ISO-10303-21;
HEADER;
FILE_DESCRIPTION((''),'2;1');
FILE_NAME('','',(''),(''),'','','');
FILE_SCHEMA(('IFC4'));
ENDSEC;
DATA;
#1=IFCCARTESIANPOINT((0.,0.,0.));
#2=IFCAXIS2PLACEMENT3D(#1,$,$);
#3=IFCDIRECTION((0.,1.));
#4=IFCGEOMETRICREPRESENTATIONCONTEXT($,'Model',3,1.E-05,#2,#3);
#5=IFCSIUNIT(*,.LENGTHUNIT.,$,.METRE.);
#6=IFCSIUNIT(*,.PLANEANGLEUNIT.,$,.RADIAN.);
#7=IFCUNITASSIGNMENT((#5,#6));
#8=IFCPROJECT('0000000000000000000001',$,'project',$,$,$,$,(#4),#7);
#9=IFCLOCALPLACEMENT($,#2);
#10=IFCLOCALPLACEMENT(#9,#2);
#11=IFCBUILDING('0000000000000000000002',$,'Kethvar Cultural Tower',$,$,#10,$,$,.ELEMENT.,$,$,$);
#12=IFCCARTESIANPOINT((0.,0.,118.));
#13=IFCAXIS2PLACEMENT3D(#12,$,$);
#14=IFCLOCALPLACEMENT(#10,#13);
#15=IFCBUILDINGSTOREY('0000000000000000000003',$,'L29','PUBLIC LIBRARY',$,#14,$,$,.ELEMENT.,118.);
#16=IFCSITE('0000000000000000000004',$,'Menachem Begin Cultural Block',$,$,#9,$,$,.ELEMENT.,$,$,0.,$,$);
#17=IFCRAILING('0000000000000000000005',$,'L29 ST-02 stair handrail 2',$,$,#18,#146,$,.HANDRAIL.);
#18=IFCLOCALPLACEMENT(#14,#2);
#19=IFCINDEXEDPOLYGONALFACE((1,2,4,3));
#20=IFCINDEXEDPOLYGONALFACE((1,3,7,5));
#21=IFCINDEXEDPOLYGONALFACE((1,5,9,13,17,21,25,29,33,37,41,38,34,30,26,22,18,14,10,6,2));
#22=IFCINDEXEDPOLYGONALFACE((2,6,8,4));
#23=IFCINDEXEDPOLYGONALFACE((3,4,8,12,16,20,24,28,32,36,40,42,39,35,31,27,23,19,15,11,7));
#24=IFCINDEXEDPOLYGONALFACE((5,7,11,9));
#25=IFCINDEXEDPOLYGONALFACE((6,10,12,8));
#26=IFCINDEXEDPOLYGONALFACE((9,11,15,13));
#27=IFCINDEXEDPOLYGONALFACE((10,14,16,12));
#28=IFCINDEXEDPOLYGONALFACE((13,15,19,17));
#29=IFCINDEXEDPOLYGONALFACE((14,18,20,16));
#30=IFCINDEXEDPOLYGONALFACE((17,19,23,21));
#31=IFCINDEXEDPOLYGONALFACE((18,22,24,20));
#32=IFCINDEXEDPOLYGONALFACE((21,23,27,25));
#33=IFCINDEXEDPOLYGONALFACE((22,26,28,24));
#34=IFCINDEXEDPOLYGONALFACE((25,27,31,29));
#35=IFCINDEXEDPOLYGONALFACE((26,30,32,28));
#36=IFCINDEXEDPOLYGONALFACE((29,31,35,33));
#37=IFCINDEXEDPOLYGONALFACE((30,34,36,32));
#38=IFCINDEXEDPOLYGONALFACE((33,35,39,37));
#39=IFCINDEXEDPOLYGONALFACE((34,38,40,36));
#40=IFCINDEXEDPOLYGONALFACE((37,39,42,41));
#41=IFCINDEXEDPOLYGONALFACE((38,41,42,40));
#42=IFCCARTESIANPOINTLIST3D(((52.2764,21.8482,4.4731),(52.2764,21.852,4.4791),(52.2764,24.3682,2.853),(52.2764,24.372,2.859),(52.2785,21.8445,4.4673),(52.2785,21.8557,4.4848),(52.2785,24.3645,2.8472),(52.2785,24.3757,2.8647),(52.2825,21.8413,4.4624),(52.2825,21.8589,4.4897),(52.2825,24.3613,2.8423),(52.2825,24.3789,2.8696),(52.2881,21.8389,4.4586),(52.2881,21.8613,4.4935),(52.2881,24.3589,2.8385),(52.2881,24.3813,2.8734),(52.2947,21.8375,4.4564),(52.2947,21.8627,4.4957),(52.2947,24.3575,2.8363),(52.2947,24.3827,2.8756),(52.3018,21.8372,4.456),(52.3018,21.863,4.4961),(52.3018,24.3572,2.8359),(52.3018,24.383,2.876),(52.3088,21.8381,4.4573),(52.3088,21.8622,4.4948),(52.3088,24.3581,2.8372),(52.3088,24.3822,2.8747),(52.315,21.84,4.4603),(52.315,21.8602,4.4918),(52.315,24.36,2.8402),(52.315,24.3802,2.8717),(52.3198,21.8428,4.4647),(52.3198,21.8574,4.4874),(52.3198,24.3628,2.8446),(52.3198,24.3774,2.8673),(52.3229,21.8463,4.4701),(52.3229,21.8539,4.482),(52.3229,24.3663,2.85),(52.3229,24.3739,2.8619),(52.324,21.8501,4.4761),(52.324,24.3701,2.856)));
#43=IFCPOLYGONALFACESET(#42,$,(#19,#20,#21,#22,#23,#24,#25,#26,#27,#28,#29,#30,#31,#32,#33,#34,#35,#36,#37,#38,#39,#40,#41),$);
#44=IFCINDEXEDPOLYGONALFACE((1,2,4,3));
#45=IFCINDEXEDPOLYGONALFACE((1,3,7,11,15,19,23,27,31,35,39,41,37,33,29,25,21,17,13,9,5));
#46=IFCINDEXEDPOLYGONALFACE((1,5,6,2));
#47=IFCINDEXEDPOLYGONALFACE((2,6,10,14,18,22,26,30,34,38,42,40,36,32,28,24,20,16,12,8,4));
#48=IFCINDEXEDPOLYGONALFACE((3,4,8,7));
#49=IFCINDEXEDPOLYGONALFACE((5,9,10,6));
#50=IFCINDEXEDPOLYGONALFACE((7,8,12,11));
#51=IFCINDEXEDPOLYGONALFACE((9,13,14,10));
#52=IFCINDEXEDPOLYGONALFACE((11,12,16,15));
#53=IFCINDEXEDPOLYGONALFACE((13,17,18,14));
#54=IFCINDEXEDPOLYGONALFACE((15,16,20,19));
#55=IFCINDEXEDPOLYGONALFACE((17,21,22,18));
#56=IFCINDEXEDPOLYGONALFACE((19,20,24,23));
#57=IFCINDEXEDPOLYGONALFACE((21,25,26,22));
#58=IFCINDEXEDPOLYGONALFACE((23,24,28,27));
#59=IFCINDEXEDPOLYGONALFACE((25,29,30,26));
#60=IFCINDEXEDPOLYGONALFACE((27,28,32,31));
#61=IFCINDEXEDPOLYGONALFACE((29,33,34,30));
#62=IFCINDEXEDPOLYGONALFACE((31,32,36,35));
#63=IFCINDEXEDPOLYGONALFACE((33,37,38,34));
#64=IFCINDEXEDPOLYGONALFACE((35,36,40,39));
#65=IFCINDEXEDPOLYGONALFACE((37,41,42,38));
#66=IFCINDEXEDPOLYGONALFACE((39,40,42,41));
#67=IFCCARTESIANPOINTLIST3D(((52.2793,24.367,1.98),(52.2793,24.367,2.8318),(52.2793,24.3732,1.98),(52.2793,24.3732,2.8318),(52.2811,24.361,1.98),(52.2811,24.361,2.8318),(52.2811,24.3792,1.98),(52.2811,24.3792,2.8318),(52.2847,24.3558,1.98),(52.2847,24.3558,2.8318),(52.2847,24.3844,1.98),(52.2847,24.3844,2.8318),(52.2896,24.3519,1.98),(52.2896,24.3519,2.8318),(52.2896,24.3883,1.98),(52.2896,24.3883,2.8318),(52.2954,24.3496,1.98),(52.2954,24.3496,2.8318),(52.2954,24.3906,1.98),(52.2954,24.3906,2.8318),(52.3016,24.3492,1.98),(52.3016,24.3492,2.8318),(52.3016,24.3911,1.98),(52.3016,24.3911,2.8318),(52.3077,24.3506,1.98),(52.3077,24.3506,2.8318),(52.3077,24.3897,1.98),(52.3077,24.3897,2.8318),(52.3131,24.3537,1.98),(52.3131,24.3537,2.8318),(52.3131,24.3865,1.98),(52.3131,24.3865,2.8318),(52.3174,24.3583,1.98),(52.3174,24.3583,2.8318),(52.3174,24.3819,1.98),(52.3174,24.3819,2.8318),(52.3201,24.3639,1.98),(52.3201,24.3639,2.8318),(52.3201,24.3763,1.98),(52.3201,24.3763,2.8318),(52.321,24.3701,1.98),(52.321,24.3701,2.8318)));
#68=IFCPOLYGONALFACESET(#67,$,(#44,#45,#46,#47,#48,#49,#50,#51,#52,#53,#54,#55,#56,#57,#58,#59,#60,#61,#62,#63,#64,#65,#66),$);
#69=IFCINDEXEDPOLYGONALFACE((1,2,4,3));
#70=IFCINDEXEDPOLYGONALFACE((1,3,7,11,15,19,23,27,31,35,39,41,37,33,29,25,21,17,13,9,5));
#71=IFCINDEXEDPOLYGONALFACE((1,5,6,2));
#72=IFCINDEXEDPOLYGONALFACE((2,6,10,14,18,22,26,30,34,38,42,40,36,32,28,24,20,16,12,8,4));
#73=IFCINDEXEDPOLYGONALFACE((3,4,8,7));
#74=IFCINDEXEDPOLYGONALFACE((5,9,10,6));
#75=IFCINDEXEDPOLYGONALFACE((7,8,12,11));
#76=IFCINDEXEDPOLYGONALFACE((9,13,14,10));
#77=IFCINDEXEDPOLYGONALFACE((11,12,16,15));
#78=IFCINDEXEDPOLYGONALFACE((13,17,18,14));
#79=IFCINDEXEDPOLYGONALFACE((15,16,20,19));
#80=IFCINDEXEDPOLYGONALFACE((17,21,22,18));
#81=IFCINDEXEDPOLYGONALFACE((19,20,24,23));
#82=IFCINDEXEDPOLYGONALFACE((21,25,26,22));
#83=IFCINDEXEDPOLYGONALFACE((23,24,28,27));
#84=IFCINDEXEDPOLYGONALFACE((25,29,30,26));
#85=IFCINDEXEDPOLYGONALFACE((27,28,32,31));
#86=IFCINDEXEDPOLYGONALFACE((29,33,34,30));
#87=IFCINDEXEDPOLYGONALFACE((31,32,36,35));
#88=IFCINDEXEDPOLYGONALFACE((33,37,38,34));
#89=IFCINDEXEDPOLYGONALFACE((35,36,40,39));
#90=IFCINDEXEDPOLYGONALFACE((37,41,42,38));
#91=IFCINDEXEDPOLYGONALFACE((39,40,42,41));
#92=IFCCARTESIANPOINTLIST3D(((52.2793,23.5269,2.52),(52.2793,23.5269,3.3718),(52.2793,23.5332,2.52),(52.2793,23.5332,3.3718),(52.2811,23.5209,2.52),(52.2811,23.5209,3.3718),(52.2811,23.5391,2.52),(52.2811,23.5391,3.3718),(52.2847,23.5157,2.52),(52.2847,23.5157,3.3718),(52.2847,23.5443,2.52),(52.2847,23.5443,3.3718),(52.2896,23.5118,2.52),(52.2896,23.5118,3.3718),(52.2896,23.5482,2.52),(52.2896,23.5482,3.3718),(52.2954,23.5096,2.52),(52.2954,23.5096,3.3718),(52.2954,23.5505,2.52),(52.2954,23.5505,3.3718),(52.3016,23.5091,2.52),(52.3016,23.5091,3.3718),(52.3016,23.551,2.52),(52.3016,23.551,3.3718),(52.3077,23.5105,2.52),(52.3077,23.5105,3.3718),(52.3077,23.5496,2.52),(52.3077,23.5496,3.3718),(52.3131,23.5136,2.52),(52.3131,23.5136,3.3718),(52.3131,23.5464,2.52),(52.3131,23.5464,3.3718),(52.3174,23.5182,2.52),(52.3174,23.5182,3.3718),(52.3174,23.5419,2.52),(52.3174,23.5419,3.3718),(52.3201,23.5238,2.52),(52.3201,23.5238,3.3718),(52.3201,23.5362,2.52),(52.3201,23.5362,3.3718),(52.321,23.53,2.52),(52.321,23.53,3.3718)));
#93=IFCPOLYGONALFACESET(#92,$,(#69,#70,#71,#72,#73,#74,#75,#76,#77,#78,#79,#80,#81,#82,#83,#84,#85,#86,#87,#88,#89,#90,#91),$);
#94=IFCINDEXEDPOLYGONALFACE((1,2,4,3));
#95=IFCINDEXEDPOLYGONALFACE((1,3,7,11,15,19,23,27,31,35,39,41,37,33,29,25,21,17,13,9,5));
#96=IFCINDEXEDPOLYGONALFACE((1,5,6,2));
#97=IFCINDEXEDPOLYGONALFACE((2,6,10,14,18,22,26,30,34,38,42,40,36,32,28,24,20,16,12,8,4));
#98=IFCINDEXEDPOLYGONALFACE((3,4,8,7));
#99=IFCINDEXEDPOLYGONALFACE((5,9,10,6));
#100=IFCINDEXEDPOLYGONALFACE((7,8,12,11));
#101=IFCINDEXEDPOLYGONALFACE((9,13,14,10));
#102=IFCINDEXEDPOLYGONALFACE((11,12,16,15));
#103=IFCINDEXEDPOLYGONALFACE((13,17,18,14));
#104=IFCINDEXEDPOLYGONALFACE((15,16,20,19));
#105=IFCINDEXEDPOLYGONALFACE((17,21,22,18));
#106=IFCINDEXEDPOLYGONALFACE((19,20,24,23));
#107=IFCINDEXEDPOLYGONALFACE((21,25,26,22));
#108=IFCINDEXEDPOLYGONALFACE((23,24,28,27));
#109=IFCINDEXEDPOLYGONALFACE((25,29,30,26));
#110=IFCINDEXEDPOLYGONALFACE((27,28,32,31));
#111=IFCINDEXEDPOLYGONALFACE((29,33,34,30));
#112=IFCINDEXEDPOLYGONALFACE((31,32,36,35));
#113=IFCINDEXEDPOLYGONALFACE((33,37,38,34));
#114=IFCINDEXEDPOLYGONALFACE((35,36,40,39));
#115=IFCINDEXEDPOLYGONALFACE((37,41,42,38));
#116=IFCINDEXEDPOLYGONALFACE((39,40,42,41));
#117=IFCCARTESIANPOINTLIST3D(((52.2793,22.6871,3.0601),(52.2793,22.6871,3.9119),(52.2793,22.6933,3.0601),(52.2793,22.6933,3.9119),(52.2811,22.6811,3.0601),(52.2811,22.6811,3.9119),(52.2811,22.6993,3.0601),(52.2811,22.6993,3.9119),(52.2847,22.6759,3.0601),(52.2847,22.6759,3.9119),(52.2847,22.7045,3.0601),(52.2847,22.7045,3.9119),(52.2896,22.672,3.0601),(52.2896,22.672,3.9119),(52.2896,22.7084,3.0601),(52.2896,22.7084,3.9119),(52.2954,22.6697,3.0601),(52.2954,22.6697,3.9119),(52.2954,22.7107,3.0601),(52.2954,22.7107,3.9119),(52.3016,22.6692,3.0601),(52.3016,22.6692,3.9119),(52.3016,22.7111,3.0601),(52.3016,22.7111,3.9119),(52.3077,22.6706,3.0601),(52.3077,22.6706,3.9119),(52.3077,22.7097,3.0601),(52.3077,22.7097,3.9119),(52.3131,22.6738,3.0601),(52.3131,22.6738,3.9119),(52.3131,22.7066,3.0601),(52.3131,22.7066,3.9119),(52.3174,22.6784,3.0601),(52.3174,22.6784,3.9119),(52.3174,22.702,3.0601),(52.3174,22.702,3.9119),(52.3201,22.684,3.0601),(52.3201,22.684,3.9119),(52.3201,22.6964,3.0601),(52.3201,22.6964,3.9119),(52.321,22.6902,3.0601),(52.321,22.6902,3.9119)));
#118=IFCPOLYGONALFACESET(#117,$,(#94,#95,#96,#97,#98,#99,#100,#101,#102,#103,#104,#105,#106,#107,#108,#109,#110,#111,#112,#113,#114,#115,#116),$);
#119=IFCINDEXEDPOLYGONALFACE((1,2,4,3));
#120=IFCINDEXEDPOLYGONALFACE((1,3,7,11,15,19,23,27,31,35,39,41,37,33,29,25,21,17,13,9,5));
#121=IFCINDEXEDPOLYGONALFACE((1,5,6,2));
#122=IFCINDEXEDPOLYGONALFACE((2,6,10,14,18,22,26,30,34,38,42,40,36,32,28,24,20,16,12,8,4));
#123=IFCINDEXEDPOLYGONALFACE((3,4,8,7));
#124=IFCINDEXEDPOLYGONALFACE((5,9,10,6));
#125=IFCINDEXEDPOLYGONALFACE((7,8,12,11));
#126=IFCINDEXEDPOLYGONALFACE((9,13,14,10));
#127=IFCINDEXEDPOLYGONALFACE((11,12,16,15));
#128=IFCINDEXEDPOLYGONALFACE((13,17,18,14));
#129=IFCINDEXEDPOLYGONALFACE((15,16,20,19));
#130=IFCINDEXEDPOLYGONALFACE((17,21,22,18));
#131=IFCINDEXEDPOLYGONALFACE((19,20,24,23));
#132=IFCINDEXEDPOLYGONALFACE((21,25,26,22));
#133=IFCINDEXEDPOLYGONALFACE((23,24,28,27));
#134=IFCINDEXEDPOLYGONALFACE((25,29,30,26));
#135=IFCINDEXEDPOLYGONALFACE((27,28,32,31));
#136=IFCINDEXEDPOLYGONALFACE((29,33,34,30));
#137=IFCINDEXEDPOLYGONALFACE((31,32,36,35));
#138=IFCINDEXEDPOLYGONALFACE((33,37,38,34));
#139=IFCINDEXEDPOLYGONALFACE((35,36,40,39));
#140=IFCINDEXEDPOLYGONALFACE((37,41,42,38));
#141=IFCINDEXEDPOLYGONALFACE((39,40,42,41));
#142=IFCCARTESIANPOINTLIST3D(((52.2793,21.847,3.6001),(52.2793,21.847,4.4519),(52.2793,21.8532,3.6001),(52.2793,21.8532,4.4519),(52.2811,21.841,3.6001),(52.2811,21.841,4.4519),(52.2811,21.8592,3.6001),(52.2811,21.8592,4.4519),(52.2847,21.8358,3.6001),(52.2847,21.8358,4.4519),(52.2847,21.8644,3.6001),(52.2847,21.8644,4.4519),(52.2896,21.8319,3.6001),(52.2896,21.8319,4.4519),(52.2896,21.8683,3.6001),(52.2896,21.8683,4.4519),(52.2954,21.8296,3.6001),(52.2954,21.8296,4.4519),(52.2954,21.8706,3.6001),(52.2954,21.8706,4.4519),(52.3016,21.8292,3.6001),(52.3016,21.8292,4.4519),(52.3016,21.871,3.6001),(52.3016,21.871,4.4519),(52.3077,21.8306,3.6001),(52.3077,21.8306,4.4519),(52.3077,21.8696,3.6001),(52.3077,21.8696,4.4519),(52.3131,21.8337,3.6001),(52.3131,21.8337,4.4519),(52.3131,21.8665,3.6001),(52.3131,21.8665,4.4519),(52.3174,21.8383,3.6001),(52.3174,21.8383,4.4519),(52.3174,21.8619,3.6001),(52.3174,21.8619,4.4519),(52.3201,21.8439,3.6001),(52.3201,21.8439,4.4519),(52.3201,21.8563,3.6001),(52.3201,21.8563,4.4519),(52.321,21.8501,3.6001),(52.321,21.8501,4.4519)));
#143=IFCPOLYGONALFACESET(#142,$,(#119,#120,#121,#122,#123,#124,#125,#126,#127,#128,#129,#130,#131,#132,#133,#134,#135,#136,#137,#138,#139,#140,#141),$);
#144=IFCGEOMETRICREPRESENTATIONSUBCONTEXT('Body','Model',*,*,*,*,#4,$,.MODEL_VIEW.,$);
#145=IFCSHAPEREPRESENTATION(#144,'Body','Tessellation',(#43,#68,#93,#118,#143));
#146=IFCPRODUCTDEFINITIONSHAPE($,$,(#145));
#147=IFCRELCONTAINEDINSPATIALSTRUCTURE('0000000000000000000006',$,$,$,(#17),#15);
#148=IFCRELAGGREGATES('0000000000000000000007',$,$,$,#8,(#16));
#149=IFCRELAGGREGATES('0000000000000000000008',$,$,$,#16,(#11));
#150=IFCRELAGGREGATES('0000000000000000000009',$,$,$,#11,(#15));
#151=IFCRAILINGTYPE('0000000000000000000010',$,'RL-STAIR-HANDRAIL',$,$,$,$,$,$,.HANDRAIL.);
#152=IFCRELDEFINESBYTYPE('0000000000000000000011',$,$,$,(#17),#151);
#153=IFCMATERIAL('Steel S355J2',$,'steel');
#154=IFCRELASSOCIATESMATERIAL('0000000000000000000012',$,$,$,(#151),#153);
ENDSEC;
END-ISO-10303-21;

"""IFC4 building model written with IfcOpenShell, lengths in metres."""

from ifc_helpers import new_model, si_unit, direction, frame, origin, origin_2d, place, context, subcontext, project, spatial, circle, extrude, material, type_object, element, save


model = new_model("IFC4")

# Units and contexts
model_context = context("Model", 3, precision=1e-05, world=origin(), true_north=direction((0.0, 1.0)))
body_context = subcontext(model_context, "Body", "Model", "MODEL_VIEW")
ifc_project = project(units=[si_unit("LENGTHUNIT", "METRE"), si_unit("PLANEANGLEUNIT", "RADIAN")], contexts=[model_context])

# Site, building, storey
site_placement = place(None, origin())
site = spatial("IfcSite", under=ifc_project, at=site_placement, Name="Menachem Begin Cultural Block", CompositionType="ELEMENT", RefElevation=0.0)
building_placement = place(site_placement, origin())
building = spatial("IfcBuilding", under=site, at=building_placement, Name="Kethvar Cultural Tower", CompositionType="ELEMENT")
storey_placement = place(building_placement, frame((0.0, 0.0, 118.0)))
storey = spatial("IfcBuildingStorey", under=building, at=storey_placement, Name="L29", Description="PUBLIC LIBRARY", CompositionType="ELEMENT", Elevation=118.0)

# Shared definitions
ifc_material_1 = material(Name="Steel S355J2", Category="steel")

# Railing
railing_type_1 = type_object("IfcRailingType", Name="RL-STAIR-HANDRAIL", PredefinedType="HANDRAIL", material=ifc_material_1)
railing_1_placement = place(storey_placement, frame((52.3, 24.3701, 1.98)))
element("IfcRailing", 1, at=railing_1_placement, inside=storey, type_object=railing_type_1, Name="L29 ST-02 stair handrail 2", PredefinedType="HANDRAIL", context=body_context, shape_type="SweptSolid", body=[
    extrude(circle(Radius=0.0239, at=origin_2d()), frame((0.0, 0.0, 0.876), z_axis=(0.0, -0.841163, 0.540782), x_axis=(1.0, 0.0, 0.0)), (0.0, 0.0, 1.0), 2.9958),
    extrude(circle(Radius=0.021, at=origin_2d()), origin(), (0.0, 0.0, 1.0), 0.8518),
    extrude(circle(Radius=0.021, at=origin_2d()), frame((0.0, -0.8401, 0.54)), (0.0, 0.0, 1.0), 0.8518),
    extrude(circle(Radius=0.021, at=origin_2d()), frame((0.0, -1.6799, 1.0801)), (0.0, 0.0, 1.0), 0.8518),
    extrude(circle(Radius=0.021, at=origin_2d()), frame((0.0, -2.52, 1.6201)), (0.0, 0.0, 1.0), 0.8518),
])

save(model, "model.ifc")
